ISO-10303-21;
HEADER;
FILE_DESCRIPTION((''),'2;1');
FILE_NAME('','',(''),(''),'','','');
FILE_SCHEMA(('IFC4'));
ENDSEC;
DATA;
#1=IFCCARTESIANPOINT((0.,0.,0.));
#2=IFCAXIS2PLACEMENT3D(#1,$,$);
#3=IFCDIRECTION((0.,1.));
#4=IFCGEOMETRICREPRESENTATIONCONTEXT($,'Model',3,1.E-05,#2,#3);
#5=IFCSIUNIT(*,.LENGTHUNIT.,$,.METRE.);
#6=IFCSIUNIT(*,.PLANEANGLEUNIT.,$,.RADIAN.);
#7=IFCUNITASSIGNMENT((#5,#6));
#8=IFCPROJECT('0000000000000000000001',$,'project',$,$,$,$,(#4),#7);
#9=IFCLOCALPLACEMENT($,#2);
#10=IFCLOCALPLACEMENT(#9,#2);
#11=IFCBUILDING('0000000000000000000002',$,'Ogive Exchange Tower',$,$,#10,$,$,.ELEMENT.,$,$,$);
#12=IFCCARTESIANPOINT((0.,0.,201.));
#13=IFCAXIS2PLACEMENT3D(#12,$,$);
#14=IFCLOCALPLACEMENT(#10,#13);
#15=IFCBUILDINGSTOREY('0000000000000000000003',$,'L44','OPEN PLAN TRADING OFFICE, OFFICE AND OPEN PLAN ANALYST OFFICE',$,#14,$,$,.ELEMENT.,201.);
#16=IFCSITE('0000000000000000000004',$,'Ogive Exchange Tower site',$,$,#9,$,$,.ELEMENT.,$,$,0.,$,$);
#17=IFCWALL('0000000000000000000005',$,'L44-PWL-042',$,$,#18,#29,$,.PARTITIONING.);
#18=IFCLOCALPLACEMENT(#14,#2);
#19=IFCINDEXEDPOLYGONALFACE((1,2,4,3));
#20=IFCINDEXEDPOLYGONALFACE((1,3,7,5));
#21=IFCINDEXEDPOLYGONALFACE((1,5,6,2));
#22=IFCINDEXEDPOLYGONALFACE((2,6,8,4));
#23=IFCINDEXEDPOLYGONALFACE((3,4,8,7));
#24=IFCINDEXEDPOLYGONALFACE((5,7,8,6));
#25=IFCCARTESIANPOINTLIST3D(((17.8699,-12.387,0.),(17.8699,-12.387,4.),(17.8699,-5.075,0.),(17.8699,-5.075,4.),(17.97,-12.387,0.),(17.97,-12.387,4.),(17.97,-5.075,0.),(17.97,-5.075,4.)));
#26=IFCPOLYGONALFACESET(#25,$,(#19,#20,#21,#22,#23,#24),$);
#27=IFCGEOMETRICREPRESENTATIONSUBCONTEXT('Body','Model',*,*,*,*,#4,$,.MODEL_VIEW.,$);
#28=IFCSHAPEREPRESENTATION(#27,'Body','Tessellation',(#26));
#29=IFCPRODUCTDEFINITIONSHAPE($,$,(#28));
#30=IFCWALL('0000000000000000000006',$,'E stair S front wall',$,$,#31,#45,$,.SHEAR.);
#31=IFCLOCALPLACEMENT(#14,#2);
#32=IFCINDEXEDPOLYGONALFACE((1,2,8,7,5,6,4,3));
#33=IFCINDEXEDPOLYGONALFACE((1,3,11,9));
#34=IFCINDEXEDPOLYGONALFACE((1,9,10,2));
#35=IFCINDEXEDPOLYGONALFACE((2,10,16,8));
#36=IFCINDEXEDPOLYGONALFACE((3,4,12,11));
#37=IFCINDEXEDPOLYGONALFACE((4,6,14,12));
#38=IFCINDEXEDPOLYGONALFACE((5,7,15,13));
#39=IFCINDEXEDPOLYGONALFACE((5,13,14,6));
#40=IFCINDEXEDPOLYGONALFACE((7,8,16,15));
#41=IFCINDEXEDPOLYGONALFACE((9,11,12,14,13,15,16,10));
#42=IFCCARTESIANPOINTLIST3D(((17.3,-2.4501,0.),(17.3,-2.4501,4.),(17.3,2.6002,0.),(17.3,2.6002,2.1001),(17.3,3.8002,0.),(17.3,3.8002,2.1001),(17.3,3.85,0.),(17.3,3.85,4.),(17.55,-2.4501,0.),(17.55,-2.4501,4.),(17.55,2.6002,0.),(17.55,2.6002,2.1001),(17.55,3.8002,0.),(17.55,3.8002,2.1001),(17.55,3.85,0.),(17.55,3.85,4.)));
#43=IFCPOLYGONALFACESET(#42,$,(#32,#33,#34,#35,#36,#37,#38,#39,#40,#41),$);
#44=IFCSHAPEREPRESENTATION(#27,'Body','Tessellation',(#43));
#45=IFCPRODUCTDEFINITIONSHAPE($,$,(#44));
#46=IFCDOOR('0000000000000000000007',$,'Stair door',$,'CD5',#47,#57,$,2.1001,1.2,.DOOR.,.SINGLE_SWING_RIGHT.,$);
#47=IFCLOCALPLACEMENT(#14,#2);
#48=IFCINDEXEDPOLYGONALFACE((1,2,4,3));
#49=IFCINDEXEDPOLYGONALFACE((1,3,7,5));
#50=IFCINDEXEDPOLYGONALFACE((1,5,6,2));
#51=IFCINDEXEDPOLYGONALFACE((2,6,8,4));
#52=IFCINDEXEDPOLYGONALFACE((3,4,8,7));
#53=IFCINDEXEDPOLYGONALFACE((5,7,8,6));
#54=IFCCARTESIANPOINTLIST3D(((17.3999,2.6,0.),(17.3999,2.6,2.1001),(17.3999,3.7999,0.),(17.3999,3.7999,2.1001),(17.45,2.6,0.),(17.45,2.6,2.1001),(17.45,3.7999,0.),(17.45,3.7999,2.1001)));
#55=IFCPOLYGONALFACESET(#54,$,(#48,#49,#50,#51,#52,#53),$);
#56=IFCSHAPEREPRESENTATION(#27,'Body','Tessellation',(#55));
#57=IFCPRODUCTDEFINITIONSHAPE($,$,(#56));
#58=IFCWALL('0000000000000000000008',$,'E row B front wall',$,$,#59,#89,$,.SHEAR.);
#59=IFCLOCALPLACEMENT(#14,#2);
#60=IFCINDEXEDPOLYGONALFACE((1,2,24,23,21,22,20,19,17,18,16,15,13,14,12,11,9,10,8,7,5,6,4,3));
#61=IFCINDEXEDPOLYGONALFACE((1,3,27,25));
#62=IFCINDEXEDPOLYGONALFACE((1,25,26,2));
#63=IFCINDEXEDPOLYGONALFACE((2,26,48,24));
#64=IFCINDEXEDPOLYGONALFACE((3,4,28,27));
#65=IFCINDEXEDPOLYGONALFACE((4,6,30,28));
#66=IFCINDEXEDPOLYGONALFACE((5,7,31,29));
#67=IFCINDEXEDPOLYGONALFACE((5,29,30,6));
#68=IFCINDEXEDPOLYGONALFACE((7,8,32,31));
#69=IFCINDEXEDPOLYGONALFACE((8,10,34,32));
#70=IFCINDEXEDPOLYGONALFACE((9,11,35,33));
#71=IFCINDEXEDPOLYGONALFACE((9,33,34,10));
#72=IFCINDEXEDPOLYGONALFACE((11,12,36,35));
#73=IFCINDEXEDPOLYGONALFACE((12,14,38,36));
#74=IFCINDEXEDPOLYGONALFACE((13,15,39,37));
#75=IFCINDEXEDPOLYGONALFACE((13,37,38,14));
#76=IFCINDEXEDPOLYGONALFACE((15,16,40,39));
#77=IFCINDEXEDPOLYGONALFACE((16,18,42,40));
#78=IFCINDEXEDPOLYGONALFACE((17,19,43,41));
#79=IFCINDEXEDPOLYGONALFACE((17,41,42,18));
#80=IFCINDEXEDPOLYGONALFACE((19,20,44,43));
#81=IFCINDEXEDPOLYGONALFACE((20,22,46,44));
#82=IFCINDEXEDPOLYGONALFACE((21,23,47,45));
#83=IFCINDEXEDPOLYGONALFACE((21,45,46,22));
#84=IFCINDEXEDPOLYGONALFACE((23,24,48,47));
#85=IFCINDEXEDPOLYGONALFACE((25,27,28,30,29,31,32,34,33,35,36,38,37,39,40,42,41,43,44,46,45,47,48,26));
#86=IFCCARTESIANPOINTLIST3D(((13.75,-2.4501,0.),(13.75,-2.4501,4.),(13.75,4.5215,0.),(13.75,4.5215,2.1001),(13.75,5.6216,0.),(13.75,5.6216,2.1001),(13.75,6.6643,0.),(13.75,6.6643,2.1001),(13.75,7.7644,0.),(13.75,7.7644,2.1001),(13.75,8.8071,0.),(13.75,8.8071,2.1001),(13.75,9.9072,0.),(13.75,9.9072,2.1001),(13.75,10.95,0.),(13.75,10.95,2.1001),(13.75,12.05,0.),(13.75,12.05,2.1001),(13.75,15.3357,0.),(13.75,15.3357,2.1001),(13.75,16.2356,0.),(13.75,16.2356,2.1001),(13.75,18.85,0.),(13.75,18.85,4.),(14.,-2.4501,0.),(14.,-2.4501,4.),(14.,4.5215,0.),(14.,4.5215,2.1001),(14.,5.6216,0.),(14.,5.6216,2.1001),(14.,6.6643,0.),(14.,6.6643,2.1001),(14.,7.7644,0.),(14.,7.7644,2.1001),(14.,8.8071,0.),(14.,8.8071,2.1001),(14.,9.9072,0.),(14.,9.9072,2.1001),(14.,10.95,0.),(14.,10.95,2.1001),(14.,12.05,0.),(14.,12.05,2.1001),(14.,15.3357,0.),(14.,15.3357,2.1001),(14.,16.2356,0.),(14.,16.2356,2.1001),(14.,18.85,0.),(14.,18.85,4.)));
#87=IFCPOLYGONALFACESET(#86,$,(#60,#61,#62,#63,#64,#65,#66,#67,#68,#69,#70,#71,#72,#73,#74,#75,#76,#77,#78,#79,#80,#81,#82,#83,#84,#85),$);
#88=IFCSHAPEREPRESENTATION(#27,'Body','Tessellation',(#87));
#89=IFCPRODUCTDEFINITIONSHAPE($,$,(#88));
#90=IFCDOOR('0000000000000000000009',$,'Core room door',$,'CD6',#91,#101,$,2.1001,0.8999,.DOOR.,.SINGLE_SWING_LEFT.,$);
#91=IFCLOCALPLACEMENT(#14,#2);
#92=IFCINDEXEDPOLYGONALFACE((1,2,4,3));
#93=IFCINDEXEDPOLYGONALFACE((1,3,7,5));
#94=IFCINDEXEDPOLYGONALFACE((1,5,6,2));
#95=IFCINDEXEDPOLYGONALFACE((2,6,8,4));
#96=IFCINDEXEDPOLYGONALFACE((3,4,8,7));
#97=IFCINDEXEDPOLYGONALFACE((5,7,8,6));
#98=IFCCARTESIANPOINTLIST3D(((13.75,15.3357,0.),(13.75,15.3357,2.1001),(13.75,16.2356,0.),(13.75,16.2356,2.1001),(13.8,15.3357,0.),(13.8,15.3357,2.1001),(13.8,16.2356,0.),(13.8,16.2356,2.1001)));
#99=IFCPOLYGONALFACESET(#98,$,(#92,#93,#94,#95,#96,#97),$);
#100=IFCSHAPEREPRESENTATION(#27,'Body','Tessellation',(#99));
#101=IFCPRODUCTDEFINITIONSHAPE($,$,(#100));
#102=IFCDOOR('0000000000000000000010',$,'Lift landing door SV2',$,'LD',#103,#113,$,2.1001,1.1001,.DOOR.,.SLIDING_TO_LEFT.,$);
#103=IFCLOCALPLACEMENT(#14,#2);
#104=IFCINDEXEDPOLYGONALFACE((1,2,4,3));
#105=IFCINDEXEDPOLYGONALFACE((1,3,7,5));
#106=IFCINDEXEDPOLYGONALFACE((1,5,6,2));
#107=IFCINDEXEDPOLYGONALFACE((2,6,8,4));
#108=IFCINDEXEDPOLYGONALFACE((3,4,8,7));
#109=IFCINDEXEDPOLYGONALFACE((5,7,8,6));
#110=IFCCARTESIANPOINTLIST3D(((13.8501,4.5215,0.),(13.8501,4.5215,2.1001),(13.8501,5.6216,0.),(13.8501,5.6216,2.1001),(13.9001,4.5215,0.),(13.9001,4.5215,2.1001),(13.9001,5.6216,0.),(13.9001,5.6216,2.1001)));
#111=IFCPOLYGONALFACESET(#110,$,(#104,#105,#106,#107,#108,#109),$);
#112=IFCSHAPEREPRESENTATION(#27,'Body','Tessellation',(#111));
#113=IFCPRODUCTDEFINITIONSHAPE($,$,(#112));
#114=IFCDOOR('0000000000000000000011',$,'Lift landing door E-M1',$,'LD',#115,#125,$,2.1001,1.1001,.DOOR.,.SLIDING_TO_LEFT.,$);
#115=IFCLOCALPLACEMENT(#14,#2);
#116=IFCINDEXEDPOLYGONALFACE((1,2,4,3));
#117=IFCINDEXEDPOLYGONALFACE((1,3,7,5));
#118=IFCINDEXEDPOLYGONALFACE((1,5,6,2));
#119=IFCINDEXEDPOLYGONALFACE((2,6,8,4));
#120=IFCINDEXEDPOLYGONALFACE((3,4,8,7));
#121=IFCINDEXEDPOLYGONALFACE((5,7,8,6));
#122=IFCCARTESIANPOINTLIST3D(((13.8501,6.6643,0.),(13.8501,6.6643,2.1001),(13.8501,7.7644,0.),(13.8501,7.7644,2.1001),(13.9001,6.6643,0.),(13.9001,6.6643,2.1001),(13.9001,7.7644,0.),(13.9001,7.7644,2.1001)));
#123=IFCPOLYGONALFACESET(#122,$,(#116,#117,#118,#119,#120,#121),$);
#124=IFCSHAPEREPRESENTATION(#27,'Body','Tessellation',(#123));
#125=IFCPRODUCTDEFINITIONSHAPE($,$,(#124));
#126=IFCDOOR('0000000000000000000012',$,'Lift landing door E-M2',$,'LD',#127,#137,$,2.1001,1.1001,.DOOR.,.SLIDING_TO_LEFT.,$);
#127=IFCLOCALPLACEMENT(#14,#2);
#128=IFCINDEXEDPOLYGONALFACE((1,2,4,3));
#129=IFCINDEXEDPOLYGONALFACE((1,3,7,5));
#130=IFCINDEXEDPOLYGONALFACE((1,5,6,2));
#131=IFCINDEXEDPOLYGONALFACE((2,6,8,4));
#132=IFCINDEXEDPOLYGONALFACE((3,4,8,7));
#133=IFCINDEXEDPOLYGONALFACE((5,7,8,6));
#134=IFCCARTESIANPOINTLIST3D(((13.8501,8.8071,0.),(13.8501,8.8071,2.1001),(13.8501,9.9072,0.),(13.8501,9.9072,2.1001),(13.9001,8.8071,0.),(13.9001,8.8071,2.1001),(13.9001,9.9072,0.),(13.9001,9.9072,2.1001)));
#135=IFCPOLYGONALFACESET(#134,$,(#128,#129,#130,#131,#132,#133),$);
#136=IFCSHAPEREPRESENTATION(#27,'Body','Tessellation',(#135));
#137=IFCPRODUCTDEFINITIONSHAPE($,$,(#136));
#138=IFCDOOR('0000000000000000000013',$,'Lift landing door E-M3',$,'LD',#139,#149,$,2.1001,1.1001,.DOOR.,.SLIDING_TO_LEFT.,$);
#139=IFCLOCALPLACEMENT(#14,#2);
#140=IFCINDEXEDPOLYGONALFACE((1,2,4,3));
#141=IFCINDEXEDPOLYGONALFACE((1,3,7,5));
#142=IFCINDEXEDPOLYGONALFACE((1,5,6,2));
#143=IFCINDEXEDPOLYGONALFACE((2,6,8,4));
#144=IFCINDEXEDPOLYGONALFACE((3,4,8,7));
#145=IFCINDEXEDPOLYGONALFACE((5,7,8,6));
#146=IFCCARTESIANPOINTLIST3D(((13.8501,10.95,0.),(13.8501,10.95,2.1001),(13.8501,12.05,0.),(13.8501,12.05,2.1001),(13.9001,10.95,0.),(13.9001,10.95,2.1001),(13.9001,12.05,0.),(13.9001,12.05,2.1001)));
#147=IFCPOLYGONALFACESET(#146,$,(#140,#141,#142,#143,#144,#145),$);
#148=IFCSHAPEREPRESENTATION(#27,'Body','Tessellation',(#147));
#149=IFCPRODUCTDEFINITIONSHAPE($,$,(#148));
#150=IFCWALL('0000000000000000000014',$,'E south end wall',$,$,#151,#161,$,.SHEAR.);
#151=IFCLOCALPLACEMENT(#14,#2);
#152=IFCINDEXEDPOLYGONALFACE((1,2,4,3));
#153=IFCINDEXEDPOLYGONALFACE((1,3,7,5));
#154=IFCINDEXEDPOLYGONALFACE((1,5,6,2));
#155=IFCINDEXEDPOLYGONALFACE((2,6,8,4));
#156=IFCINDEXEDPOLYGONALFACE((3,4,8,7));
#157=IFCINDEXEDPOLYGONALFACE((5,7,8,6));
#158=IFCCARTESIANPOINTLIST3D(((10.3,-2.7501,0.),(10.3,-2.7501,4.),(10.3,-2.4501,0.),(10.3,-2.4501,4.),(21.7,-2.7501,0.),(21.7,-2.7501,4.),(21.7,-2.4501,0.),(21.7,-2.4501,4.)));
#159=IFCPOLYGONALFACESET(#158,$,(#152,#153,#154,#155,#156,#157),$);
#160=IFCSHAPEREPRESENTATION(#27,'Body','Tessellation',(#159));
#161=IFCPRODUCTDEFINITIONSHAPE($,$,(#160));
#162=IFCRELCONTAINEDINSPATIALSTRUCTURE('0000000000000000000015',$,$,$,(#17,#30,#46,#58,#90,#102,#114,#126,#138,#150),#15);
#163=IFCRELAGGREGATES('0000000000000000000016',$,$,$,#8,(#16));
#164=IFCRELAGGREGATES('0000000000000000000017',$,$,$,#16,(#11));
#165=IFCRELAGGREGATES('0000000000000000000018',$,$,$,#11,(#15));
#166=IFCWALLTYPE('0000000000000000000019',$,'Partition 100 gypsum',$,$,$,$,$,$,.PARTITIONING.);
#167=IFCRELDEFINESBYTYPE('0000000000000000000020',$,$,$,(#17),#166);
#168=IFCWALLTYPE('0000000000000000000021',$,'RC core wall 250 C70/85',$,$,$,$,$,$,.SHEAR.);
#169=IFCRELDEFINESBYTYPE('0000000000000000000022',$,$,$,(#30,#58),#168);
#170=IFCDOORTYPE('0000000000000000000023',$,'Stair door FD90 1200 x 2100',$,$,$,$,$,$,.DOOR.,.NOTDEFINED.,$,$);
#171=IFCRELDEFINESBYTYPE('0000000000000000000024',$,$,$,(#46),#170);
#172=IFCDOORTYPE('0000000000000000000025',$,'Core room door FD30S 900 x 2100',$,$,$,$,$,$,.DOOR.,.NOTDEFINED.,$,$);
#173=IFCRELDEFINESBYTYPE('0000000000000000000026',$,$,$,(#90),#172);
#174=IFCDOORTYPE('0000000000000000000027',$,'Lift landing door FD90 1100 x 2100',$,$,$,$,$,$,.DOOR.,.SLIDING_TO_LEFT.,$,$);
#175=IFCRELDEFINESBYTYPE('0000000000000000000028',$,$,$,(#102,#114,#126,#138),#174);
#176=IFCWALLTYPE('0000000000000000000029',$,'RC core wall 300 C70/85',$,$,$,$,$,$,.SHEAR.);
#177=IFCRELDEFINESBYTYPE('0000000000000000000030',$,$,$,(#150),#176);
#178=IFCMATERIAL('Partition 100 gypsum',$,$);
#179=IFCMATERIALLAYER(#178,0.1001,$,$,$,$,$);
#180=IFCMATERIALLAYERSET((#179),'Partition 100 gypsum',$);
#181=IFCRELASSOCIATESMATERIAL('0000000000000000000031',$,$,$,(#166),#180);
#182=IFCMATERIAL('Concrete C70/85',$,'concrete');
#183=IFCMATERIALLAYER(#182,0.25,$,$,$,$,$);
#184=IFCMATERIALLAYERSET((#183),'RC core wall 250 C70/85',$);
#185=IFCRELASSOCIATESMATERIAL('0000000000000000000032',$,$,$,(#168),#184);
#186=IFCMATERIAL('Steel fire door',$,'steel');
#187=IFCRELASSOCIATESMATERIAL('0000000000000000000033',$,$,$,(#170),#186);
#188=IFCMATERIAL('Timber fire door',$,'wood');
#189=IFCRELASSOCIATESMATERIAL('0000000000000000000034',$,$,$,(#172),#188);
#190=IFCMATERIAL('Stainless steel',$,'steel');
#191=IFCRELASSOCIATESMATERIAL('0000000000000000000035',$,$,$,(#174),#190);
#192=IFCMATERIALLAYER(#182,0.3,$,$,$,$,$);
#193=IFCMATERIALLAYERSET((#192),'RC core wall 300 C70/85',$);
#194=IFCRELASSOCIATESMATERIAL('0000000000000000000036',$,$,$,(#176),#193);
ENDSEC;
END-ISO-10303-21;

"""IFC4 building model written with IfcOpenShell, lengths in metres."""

from ifc_helpers import new_model, si_unit, direction, frame, frame_2d, origin, place, context, subcontext, project, spatial, rectangle, extrude, material, layer, layer_set, type_object, element, fill, save


model = new_model("IFC4")

# Units and contexts
model_context = context("Model", 3, precision=1e-05, world=origin(), true_north=direction((0.0, 1.0)))
body_context = subcontext(model_context, "Body", "Model", "MODEL_VIEW")
ifc_project = project(units=[si_unit("LENGTHUNIT", "METRE"), si_unit("PLANEANGLEUNIT", "RADIAN")], contexts=[model_context])

# Site, building, storey
site_placement = place(None, origin())
site = spatial("IfcSite", under=ifc_project, at=site_placement, Name="Ogive Exchange Tower site", CompositionType="ELEMENT", RefElevation=0.0)
building_placement = place(site_placement, origin())
building = spatial("IfcBuilding", under=site, at=building_placement, Name="Ogive Exchange Tower", CompositionType="ELEMENT")
storey_placement = place(building_placement, frame((0.0, 0.0, 201.0)))
storey = spatial("IfcBuildingStorey", under=building, at=storey_placement, Name="L44", Description="OPEN PLAN TRADING OFFICE, OFFICE AND OPEN PLAN ANALYST OFFICE", CompositionType="ELEMENT", Elevation=201.0)

# Wall
ifc_material_1 = material(Name="Partition 100 gypsum")
ifc_layer_1 = layer(ifc_material_1, 0.1001)
ifc_layer_set_1 = layer_set([ifc_layer_1], Name="Partition 100 gypsum")
wall_type_1 = type_object("IfcWallType", Name="Partition 100 gypsum", PredefinedType="PARTITIONING", material=ifc_layer_set_1)
wall_1_placement = place(storey_placement, frame((17.9199, -5.075, 0.0), z_axis=(0.0, 0.0, 1.0), x_axis=(0.0, -1.0, 0.0)))
element("IfcWall", 1, at=wall_1_placement, inside=storey, type_object=wall_type_1, Name="L44-PWL-042", PredefinedType="PARTITIONING", context=body_context, shape_type="SweptSolid", body=[
    extrude(rectangle(XDim=7.312, YDim=0.1001, at=frame_2d((3.656, 0.0))), origin(), (0.0, 0.0, 1.0), 4.0),
])

# Wall, opening, door
ifc_material_2 = material(Name="Concrete C70/85", Category="concrete")
ifc_layer_2 = layer(ifc_material_2, 0.25)
ifc_layer_set_2 = layer_set([ifc_layer_2], Name="RC core wall 250 C70/85")
wall_type_2 = type_object("IfcWallType", Name="RC core wall 250 C70/85", PredefinedType="SHEAR", material=ifc_layer_set_2)
wall_2_placement = place(storey_placement, frame((17.425, -2.45, 0.0), z_axis=(0.0, 0.0, 1.0), x_axis=(0.0, 1.0, 0.0)))
wall_2 = element("IfcWall", 2, at=wall_2_placement, inside=storey, type_object=wall_type_2, Name="E stair S front wall", PredefinedType="SHEAR", context=body_context, shape_type="SweptSolid", body=[
    extrude(rectangle(XDim=6.3, YDim=0.25, at=frame_2d((3.1499, 0.0))), origin(), (0.0, 0.0, 1.0), 4.0),
])
opening_1_placement = place(wall_2_placement, frame((5.05, 0.0, 0.0)))
opening_1 = element("IfcOpeningElement", 3, at=opening_1_placement, cuts=wall_2, PredefinedType="OPENING", context=body_context, shape_type="SweptSolid", body=[
    extrude(rectangle(XDim=1.2, YDim=2.1001, at=frame_2d((0.6001, 1.05))), frame((0.0, 0.135, 0.0), z_axis=(0.0, -1.0, 0.0), x_axis=(1.0, 0.0, 0.0)), (0.0, 0.0, 1.0), 0.27),
])
ifc_material_3 = material(Name="Steel fire door", Category="steel")
door_type_1 = type_object("IfcDoorType", Name="Stair door FD90 1200 x 2100", OperationType="NOTDEFINED", PredefinedType="DOOR", material=ifc_material_3)
door_1_placement = place(opening_1_placement, frame((1.2, 0.0, 0.0), z_axis=(0.0, 0.0, 1.0), x_axis=(-1.0, 0.0, 0.0)))
door_1 = element("IfcDoor", 4, at=door_1_placement, inside=storey, type_object=door_type_1, Name="Stair door", ObjectType="CD5", OperationType="SINGLE_SWING_RIGHT", OverallHeight=2.1001, OverallWidth=1.2, PredefinedType="DOOR", context=body_context, shape_type="SweptSolid", body=[
    extrude(rectangle(XDim=1.2, YDim=2.1001, at=frame_2d((0.6001, 1.05))), frame((0.0, 0.0249, 0.0), z_axis=(0.0, -1.0, 0.0), x_axis=(1.0, 0.0, 0.0)), (0.0, 0.0, 1.0), 0.05),
])
fill(opening_1, door_1)

# Wall, openings, doors
wall_3_placement = place(storey_placement, frame((13.875, -2.45, 0.0), z_axis=(0.0, 0.0, 1.0), x_axis=(0.0, 1.0, 0.0)))
wall_3 = element("IfcWall", 5, at=wall_3_placement, inside=storey, type_object=wall_type_2, Name="E row B front wall", PredefinedType="SHEAR", context=body_context, shape_type="SweptSolid", body=[
    extrude(rectangle(XDim=21.3, YDim=0.25, at=frame_2d((10.6499, 0.0))), origin(), (0.0, 0.0, 1.0), 4.0),
])
opening_2_placement = place(wall_3_placement, frame((17.7856, 0.0, 0.0)))
opening_2 = element("IfcOpeningElement", 6, at=opening_2_placement, cuts=wall_3, PredefinedType="OPENING", context=body_context, shape_type="SweptSolid", body=[
    extrude(rectangle(XDim=0.8999, YDim=2.1001, at=frame_2d((0.45, 1.05))), frame((0.0, 0.135, 0.0), z_axis=(0.0, -1.0, 0.0), x_axis=(1.0, 0.0, 0.0)), (0.0, 0.0, 1.0), 0.27),
])
opening_3_placement = place(wall_3_placement, frame((6.9714, 0.0, 0.0)))
opening_3 = element("IfcOpeningElement", 7, at=opening_3_placement, cuts=wall_3, PredefinedType="OPENING", context=body_context, shape_type="SweptSolid", body=[
    extrude(rectangle(XDim=1.1001, YDim=2.1001, at=frame_2d((0.55, 1.05))), frame((0.0, 0.135, 0.0), z_axis=(0.0, -1.0, 0.0), x_axis=(1.0, 0.0, 0.0)), (0.0, 0.0, 1.0), 0.27),
])
opening_4_placement = place(wall_3_placement, frame((9.1143, 0.0, 0.0)))
opening_4 = element("IfcOpeningElement", 8, at=opening_4_placement, cuts=wall_3, PredefinedType="OPENING", context=body_context, shape_type="SweptSolid", body=[
    extrude(rectangle(XDim=1.1001, YDim=2.1001, at=frame_2d((0.55, 1.05))), frame((0.0, 0.135, 0.0), z_axis=(0.0, -1.0, 0.0), x_axis=(1.0, 0.0, 0.0)), (0.0, 0.0, 1.0), 0.27),
])
opening_5_placement = place(wall_3_placement, frame((11.2571, 0.0, 0.0)))
opening_5 = element("IfcOpeningElement", 9, at=opening_5_placement, cuts=wall_3, PredefinedType="OPENING", context=body_context, shape_type="SweptSolid", body=[
    extrude(rectangle(XDim=1.1001, YDim=2.1001, at=frame_2d((0.55, 1.05))), frame((0.0, 0.135, 0.0), z_axis=(0.0, -1.0, 0.0), x_axis=(1.0, 0.0, 0.0)), (0.0, 0.0, 1.0), 0.27),
])
opening_6_placement = place(wall_3_placement, frame((13.3999, 0.0, 0.0)))
opening_6 = element("IfcOpeningElement", 10, at=opening_6_placement, cuts=wall_3, PredefinedType="OPENING", context=body_context, shape_type="SweptSolid", body=[
    extrude(rectangle(XDim=1.1001, YDim=2.1001, at=frame_2d((0.55, 1.05))), frame((0.0, 0.135, 0.0), z_axis=(0.0, -1.0, 0.0), x_axis=(1.0, 0.0, 0.0)), (0.0, 0.0, 1.0), 0.27),
])
ifc_material_4 = material(Name="Timber fire door", Category="wood")
door_type_2 = type_object("IfcDoorType", Name="Core room door FD30S 900 x 2100", OperationType="NOTDEFINED", PredefinedType="DOOR", material=ifc_material_4)
door_2_placement = place(opening_2_placement, origin())
door_2 = element("IfcDoor", 11, at=door_2_placement, inside=storey, type_object=door_type_2, Name="Core room door", ObjectType="CD6", OperationType="SINGLE_SWING_LEFT", OverallHeight=2.1001, OverallWidth=0.8999, PredefinedType="DOOR", context=body_context, shape_type="SweptSolid", body=[
    extrude(rectangle(XDim=0.8999, YDim=2.1001, at=frame_2d((0.45, 1.05))), frame((0.0, 0.125, 0.0), z_axis=(0.0, -1.0, 0.0), x_axis=(1.0, 0.0, 0.0)), (0.0, 0.0, 1.0), 0.05),
])
fill(opening_2, door_2)
ifc_material_5 = material(Name="Stainless steel", Category="steel")
door_type_3 = type_object("IfcDoorType", Name="Lift landing door FD90 1100 x 2100", OperationType="SLIDING_TO_LEFT", PredefinedType="DOOR", material=ifc_material_5)
door_3_placement = place(opening_3_placement, origin())
door_3 = element("IfcDoor", 12, at=door_3_placement, inside=storey, type_object=door_type_3, Name="Lift landing door SV2", ObjectType="LD", OperationType="SLIDING_TO_LEFT", OverallHeight=2.1001, OverallWidth=1.1001, PredefinedType="DOOR", context=body_context, shape_type="SweptSolid", body=[
    extrude(rectangle(XDim=1.1001, YDim=2.1001, at=frame_2d((0.55, 1.05))), frame((0.0, 0.0249, 0.0), z_axis=(0.0, -1.0, 0.0), x_axis=(1.0, 0.0, 0.0)), (0.0, 0.0, 1.0), 0.05),
])
fill(opening_3, door_3)
door_4_placement = place(opening_4_placement, origin())
door_4 = element("IfcDoor", 13, at=door_4_placement, inside=storey, type_object=door_type_3, Name="Lift landing door E-M1", ObjectType="LD", OperationType="SLIDING_TO_LEFT", OverallHeight=2.1001, OverallWidth=1.1001, PredefinedType="DOOR", context=body_context, shape_type="SweptSolid", body=[
    extrude(rectangle(XDim=1.1001, YDim=2.1001, at=frame_2d((0.55, 1.05))), frame((0.0, 0.0249, 0.0), z_axis=(0.0, -1.0, 0.0), x_axis=(1.0, 0.0, 0.0)), (0.0, 0.0, 1.0), 0.05),
])
fill(opening_4, door_4)
door_5_placement = place(opening_5_placement, origin())
door_5 = element("IfcDoor", 14, at=door_5_placement, inside=storey, type_object=door_type_3, Name="Lift landing door E-M2", ObjectType="LD", OperationType="SLIDING_TO_LEFT", OverallHeight=2.1001, OverallWidth=1.1001, PredefinedType="DOOR", context=body_context, shape_type="SweptSolid", body=[
    extrude(rectangle(XDim=1.1001, YDim=2.1001, at=frame_2d((0.55, 1.05))), frame((0.0, 0.0249, 0.0), z_axis=(0.0, -1.0, 0.0), x_axis=(1.0, 0.0, 0.0)), (0.0, 0.0, 1.0), 0.05),
])
fill(opening_5, door_5)
door_6_placement = place(opening_6_placement, origin())
door_6 = element("IfcDoor", 15, at=door_6_placement, inside=storey, type_object=door_type_3, Name="Lift landing door E-M3", ObjectType="LD", OperationType="SLIDING_TO_LEFT", OverallHeight=2.1001, OverallWidth=1.1001, PredefinedType="DOOR", context=body_context, shape_type="SweptSolid", body=[
    extrude(rectangle(XDim=1.1001, YDim=2.1001, at=frame_2d((0.55, 1.05))), frame((0.0, 0.0249, 0.0), z_axis=(0.0, -1.0, 0.0), x_axis=(1.0, 0.0, 0.0)), (0.0, 0.0, 1.0), 0.05),
])
fill(opening_6, door_6)

# Wall
ifc_layer_3 = layer(ifc_material_2, 0.3)
ifc_layer_set_3 = layer_set([ifc_layer_3], Name="RC core wall 300 C70/85")
wall_type_3 = type_object("IfcWallType", Name="RC core wall 300 C70/85", PredefinedType="SHEAR", material=ifc_layer_set_3)
wall_4_placement = place(storey_placement, frame((10.3, -2.6001, 0.0), z_axis=(0.0, 0.0, 1.0), x_axis=(1.0, 0.0, 0.0)))
element("IfcWall", 16, at=wall_4_placement, inside=storey, type_object=wall_type_3, Name="E south end wall", PredefinedType="SHEAR", context=body_context, shape_type="SweptSolid", body=[
    extrude(rectangle(XDim=11.3999, YDim=0.3, at=frame_2d((5.7, 0.0))), origin(), (0.0, 0.0, 1.0), 4.0),
])

save(model, "model.ifc")
